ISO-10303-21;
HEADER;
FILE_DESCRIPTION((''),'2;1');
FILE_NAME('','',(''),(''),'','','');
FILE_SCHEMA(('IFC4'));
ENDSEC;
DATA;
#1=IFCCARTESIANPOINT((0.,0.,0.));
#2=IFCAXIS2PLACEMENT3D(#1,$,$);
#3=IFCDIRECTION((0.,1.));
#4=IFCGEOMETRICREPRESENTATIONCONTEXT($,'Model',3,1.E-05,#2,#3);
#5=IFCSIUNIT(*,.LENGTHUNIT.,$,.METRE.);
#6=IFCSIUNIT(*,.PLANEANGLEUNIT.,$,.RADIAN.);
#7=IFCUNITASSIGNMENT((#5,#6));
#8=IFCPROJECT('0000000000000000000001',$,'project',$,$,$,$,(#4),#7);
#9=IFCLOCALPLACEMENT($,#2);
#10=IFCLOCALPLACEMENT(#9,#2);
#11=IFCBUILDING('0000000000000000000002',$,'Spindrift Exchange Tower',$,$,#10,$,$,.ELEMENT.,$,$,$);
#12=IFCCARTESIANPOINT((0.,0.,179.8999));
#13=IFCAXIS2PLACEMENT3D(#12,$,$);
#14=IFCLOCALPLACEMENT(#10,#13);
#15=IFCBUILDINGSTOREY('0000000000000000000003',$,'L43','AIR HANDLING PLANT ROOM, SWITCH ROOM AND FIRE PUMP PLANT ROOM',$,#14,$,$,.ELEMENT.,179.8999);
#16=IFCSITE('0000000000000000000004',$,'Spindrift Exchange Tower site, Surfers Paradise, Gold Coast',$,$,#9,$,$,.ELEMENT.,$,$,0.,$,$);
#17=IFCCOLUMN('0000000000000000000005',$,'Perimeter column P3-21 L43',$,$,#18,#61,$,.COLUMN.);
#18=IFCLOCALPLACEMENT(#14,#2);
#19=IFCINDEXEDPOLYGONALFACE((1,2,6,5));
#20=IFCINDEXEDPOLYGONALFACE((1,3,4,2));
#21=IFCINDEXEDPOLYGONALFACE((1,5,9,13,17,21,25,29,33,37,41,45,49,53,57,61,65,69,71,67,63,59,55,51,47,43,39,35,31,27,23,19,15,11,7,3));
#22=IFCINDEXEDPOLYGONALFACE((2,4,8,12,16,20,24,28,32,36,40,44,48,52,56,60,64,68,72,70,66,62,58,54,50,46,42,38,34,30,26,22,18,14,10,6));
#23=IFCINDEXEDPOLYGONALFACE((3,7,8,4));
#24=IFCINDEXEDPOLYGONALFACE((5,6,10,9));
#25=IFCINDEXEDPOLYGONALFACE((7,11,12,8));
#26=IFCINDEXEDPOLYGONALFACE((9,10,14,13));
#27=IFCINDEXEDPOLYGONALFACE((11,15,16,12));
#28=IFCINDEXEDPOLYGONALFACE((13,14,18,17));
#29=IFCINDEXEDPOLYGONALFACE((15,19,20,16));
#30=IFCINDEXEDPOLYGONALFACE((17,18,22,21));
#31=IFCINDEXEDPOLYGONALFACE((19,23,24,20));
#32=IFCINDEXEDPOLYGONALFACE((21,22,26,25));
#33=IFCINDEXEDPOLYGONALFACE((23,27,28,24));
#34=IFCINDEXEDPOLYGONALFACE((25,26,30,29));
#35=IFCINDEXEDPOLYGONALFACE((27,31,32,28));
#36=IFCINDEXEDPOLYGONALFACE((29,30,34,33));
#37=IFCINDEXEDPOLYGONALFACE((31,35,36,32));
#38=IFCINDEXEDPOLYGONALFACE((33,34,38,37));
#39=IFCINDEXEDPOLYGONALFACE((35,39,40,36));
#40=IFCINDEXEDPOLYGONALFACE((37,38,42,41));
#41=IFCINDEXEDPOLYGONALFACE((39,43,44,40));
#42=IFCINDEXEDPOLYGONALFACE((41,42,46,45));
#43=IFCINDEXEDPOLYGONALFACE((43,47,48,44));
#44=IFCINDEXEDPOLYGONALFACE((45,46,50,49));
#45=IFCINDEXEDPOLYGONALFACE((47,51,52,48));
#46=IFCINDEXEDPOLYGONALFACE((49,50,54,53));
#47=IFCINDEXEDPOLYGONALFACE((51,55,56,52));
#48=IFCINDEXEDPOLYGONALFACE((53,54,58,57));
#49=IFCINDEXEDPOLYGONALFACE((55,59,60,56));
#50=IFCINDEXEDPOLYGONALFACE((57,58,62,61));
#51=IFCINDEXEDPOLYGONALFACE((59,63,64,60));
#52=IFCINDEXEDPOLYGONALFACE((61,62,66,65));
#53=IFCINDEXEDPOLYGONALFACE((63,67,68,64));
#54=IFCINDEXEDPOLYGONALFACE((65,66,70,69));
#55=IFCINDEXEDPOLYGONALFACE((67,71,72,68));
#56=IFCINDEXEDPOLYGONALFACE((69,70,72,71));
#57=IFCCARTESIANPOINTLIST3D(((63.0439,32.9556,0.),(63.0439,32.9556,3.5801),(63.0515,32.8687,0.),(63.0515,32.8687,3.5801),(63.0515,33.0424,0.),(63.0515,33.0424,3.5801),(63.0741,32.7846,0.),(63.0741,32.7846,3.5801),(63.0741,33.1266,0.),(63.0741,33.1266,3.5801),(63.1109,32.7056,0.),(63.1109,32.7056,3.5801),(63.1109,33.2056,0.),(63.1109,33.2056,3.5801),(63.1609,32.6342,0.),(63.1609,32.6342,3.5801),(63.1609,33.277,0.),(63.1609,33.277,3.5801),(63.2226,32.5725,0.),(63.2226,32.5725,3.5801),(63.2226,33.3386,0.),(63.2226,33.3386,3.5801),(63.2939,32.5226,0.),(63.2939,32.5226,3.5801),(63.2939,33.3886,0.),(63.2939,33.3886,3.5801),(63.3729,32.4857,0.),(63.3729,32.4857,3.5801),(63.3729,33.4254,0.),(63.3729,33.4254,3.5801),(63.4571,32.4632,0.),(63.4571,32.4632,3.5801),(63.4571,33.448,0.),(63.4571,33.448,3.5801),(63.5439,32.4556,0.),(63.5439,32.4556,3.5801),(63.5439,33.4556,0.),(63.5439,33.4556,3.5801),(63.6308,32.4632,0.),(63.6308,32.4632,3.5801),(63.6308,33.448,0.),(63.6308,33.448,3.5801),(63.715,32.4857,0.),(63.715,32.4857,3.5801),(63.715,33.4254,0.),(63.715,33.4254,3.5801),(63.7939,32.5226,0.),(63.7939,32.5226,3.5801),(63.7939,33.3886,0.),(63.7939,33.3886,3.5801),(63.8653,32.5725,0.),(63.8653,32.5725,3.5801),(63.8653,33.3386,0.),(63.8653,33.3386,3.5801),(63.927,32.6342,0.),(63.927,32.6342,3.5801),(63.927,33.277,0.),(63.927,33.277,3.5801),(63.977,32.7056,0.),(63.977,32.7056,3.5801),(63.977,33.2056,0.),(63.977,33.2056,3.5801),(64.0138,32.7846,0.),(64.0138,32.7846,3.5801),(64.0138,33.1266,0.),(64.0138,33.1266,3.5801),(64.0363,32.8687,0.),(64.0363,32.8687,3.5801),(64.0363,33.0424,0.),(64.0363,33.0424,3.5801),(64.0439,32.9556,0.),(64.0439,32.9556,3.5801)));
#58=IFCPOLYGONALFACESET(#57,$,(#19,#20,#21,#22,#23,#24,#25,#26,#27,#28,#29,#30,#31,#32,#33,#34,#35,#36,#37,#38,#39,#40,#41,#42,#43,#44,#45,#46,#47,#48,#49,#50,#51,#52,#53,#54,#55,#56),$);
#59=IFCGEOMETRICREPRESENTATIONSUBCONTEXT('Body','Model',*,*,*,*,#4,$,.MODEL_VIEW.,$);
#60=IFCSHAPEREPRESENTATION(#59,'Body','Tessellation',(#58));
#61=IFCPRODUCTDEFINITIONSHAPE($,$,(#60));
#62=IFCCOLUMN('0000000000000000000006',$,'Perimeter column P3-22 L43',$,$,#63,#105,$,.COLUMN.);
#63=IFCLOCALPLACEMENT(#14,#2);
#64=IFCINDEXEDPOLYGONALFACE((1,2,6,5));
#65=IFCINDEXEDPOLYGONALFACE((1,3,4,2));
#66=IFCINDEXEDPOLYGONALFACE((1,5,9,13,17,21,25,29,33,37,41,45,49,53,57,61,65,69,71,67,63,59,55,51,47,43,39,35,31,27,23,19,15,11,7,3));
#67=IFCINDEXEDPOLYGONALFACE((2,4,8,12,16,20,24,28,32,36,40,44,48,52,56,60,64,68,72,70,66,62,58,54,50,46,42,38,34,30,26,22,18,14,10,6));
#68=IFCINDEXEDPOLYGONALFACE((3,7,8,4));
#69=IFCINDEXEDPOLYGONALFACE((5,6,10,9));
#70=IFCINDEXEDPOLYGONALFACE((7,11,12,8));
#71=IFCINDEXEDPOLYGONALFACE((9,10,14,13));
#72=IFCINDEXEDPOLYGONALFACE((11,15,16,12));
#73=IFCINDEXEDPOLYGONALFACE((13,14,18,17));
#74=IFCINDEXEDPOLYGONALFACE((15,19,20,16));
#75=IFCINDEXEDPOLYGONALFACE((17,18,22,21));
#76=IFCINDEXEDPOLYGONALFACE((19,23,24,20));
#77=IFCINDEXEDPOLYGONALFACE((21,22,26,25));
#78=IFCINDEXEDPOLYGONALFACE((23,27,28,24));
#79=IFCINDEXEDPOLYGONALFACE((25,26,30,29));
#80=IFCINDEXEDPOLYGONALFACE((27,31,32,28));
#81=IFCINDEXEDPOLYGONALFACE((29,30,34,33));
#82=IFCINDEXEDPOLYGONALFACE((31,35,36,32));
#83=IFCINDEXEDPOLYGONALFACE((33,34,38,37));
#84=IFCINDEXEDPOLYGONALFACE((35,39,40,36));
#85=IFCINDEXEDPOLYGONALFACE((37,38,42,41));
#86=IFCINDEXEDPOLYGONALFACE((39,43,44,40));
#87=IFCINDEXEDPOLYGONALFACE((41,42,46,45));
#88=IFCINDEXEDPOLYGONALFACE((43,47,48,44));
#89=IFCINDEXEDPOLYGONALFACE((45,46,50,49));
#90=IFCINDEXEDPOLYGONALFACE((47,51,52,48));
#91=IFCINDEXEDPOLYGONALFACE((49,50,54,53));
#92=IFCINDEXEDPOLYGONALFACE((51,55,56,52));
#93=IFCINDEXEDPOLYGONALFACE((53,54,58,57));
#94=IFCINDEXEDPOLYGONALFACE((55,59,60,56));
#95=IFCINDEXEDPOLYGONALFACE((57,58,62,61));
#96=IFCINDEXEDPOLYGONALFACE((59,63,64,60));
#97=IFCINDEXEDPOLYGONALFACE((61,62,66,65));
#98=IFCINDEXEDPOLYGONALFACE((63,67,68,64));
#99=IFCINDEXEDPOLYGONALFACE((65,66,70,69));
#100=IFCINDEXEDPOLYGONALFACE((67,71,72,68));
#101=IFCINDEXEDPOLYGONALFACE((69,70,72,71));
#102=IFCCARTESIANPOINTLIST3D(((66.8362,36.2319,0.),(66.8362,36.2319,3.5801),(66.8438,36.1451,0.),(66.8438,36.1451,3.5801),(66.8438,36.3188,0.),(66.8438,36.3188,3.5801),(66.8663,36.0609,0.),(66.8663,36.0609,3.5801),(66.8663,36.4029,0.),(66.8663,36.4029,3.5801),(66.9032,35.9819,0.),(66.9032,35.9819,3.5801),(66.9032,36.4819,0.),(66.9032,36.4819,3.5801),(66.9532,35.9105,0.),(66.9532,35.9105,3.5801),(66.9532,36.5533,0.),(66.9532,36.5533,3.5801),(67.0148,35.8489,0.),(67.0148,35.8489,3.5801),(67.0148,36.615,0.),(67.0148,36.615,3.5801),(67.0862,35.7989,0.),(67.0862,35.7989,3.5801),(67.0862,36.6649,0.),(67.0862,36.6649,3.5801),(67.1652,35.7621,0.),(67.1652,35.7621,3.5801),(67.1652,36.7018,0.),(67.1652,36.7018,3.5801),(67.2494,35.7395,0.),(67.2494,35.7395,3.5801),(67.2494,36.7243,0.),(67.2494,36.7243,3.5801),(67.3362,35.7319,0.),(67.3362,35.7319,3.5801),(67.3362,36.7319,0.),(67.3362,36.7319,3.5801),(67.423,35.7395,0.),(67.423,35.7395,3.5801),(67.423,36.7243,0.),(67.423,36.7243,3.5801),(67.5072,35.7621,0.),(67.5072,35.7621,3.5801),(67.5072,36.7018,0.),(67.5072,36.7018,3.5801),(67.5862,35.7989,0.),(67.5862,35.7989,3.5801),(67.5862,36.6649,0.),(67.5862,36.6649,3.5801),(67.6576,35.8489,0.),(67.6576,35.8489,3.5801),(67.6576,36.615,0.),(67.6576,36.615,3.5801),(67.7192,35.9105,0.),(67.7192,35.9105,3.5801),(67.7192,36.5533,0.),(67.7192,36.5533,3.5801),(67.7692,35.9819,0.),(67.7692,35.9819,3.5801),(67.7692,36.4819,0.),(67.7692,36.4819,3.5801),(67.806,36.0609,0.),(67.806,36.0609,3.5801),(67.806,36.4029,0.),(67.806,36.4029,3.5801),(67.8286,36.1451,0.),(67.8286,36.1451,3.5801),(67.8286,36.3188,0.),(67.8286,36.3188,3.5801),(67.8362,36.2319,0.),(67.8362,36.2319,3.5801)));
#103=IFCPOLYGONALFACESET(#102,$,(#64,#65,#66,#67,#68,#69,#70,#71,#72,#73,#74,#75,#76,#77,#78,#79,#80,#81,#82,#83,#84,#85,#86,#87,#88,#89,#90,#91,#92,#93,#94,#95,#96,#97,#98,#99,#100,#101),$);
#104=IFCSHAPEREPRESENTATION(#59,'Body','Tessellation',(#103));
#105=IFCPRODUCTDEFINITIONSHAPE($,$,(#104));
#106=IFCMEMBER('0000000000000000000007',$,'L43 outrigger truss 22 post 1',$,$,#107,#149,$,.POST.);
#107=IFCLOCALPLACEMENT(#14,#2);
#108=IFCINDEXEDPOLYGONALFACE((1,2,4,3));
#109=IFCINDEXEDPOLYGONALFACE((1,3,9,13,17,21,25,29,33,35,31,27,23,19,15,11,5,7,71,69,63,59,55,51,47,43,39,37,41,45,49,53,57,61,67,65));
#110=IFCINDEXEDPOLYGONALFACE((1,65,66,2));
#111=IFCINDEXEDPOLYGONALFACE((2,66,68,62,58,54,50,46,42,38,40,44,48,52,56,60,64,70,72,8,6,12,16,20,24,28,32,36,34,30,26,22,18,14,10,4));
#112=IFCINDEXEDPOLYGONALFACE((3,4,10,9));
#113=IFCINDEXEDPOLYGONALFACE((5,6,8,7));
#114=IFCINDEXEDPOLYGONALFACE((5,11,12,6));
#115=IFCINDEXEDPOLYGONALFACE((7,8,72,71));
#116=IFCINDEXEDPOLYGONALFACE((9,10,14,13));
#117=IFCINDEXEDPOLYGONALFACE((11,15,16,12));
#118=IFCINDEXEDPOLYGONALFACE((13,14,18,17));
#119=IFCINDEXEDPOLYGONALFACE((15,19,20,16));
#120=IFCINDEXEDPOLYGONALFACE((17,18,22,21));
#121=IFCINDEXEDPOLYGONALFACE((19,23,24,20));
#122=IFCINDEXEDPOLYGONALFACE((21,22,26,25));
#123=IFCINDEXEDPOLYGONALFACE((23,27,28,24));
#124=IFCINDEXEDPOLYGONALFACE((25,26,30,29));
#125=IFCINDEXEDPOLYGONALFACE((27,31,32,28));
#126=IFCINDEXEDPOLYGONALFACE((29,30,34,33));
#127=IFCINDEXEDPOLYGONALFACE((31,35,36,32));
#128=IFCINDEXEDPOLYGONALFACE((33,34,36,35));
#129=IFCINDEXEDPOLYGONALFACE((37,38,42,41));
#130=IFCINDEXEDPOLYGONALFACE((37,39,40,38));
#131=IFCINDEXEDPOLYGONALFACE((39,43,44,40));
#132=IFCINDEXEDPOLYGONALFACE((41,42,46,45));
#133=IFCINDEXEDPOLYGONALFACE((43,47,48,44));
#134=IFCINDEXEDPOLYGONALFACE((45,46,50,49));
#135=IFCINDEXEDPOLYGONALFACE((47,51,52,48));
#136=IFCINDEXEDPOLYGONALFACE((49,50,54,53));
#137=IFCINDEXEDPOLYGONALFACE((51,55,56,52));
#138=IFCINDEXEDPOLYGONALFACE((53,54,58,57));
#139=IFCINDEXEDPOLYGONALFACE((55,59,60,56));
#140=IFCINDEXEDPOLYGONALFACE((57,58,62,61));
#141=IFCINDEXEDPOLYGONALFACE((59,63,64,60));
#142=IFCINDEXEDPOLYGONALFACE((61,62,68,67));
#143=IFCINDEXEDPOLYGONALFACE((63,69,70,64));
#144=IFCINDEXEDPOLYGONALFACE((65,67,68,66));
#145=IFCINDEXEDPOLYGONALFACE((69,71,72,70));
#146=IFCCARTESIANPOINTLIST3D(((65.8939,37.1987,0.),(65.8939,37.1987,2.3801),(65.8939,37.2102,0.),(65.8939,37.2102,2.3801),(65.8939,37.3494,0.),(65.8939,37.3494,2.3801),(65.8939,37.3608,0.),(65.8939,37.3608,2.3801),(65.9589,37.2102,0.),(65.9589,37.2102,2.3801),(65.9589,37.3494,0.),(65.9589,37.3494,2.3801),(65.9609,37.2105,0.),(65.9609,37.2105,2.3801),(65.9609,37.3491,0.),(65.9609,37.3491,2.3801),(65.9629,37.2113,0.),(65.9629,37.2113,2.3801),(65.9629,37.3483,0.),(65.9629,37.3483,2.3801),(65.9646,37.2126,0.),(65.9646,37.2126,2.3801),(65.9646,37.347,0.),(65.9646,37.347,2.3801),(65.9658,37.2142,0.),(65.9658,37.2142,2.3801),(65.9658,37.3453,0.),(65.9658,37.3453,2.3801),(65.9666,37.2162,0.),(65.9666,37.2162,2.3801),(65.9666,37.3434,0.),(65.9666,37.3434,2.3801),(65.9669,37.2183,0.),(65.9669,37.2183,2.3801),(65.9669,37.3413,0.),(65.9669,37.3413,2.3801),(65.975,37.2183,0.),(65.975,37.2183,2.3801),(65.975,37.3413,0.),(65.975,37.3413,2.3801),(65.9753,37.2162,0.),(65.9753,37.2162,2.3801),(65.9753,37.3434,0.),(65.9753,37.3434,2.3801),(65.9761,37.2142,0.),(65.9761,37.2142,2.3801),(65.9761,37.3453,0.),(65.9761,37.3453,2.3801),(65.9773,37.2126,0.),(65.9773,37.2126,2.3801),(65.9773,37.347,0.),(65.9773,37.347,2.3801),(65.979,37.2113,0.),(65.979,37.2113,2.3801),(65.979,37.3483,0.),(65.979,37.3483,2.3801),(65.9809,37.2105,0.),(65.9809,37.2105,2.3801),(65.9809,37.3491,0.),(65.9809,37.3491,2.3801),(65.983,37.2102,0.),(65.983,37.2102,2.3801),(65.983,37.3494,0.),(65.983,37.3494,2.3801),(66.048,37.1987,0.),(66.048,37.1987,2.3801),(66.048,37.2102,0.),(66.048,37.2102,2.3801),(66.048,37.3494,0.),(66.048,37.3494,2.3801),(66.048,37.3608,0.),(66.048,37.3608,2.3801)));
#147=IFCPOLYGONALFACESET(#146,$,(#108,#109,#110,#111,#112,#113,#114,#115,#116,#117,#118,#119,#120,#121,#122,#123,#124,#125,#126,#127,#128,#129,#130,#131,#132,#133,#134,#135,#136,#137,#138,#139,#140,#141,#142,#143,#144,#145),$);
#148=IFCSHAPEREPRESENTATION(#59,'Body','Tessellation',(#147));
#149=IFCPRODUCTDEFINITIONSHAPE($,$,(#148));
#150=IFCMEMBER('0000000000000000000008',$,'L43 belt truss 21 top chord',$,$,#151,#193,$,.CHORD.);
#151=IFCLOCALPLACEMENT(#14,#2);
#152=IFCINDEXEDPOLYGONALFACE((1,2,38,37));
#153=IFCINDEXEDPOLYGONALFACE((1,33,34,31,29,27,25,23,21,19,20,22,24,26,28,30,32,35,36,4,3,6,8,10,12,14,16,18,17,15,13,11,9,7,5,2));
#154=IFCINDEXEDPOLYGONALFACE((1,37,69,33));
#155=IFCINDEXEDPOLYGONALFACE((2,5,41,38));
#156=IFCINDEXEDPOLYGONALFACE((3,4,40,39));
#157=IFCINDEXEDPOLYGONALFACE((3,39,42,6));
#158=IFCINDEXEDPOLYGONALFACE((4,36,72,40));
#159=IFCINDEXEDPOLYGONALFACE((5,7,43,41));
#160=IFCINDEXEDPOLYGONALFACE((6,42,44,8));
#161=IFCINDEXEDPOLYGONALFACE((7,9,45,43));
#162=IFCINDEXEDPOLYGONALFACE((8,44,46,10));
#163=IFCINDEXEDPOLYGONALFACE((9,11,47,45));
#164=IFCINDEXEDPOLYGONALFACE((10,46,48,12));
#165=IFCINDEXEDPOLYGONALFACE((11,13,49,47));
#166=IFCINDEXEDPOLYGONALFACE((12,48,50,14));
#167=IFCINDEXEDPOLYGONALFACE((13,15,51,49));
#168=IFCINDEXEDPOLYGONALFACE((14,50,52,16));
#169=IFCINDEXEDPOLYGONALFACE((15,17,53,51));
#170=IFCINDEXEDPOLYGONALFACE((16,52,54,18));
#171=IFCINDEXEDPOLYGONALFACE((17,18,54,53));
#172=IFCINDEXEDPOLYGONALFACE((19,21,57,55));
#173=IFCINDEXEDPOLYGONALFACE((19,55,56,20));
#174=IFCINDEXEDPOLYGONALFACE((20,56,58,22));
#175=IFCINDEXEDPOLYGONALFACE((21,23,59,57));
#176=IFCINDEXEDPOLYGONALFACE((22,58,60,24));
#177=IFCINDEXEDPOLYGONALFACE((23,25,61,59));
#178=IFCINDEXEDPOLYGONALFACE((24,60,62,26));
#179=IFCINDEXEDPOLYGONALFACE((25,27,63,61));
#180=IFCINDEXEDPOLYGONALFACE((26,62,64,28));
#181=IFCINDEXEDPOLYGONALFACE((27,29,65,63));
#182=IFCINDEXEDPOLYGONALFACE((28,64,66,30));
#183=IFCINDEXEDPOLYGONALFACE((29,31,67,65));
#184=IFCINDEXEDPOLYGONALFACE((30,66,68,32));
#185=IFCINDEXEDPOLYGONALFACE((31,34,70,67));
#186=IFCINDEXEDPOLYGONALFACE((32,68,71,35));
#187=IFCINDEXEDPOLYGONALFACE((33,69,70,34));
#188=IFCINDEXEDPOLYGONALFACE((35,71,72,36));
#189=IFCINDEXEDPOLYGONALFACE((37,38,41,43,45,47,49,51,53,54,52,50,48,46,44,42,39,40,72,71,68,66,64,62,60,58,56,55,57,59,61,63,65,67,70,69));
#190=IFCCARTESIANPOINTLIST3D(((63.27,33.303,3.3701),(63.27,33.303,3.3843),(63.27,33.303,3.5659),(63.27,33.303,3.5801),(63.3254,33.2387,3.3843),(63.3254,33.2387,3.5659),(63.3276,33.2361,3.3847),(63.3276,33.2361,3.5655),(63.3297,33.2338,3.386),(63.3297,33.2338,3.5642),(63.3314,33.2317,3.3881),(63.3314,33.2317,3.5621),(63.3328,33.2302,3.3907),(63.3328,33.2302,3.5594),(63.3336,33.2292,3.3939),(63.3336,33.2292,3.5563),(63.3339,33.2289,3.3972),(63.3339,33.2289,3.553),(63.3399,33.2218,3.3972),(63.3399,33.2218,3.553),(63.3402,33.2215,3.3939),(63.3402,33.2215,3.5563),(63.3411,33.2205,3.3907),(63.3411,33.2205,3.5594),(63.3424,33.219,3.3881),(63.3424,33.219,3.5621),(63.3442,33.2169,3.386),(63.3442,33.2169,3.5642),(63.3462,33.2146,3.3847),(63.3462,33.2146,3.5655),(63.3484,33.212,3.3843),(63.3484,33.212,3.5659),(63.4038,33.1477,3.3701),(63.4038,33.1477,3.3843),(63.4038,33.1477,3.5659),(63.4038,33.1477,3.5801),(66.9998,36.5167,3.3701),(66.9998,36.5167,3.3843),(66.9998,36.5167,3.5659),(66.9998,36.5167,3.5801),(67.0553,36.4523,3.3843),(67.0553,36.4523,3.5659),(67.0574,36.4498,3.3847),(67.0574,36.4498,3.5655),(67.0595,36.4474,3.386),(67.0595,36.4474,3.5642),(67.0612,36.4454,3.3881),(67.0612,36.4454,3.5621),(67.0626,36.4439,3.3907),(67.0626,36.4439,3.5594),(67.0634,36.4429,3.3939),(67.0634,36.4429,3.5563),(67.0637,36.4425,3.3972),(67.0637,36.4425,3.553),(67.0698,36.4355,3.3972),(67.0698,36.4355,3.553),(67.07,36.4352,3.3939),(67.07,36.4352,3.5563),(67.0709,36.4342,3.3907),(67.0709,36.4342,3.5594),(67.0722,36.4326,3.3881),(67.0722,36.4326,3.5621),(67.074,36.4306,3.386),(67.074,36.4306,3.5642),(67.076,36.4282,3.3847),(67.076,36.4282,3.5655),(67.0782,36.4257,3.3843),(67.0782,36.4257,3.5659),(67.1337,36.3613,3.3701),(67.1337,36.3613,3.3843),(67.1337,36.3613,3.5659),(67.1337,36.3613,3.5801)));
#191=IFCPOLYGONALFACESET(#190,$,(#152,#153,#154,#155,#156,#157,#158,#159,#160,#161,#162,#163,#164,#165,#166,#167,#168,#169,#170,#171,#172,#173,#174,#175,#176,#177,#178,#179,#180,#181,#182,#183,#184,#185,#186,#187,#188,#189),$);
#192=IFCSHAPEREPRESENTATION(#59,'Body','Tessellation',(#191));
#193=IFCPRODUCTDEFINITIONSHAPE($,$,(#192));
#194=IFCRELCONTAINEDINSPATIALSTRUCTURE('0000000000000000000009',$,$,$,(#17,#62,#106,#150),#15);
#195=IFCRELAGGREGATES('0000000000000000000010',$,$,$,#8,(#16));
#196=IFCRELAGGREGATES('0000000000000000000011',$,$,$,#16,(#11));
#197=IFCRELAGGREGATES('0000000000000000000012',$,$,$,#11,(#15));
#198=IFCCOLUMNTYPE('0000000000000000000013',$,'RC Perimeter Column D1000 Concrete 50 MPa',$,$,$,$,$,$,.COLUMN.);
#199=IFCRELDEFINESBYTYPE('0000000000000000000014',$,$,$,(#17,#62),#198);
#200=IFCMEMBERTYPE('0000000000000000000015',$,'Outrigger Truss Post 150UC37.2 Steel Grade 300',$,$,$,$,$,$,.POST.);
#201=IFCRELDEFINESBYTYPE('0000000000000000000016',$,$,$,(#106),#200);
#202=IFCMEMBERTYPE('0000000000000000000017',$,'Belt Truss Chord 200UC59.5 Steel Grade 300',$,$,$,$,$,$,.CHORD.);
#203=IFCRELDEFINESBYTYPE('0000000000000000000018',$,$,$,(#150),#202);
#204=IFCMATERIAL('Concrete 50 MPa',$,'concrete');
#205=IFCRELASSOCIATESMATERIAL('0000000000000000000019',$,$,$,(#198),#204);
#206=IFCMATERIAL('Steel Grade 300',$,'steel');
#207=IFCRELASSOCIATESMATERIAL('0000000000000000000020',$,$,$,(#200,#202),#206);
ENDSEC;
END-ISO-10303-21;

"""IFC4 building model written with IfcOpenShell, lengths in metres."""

from ifc_helpers import new_model, si_unit, direction, frame, origin, origin_2d, place, context, subcontext, project, spatial, circle, i_section, extrude, source, transform, mapped, material, material_profile, profile_set, type_object, element, save


model = new_model("IFC4")

# Units and contexts
model_context = context("Model", 3, precision=1e-05, world=origin(), true_north=direction((0.0, 1.0)))
body_context = subcontext(model_context, "Body", "Model", "MODEL_VIEW")
ifc_project = project(units=[si_unit("LENGTHUNIT", "METRE"), si_unit("PLANEANGLEUNIT", "RADIAN")], contexts=[model_context])

# Site, building, storey
site_placement = place(None, origin())
site = spatial("IfcSite", under=ifc_project, at=site_placement, Name="Spindrift Exchange Tower site, Surfers Paradise, Gold Coast", CompositionType="ELEMENT", RefElevation=0.0)
building_placement = place(site_placement, origin())
building = spatial("IfcBuilding", under=site, at=building_placement, Name="Spindrift Exchange Tower", CompositionType="ELEMENT")
storey_placement = place(building_placement, frame((0.0, 0.0, 179.8999)))
storey = spatial("IfcBuildingStorey", under=building, at=storey_placement, Name="L43", Description="AIR HANDLING PLANT ROOM, SWITCH ROOM AND FIRE PUMP PLANT ROOM", CompositionType="ELEMENT", Elevation=179.8999)

# Columns
ifc_material_1 = material(Name="Concrete 50 MPa", Category="concrete")
ifc_material_profile_1 = material_profile(ifc_material_1, circle(Radius=0.5, at=origin_2d()), Name="RC D1000")
ifc_profile_set_1 = profile_set([ifc_material_profile_1], Name="Concrete 50 MPa")
column_type = type_object("IfcColumnType", Name="RC Perimeter Column D1000 Concrete 50 MPa", PredefinedType="COLUMN", material=ifc_profile_set_1)
shared_shape_1 = source(origin(), body_context, "Body", "SweptSolid", [
    extrude(circle(Radius=0.5, at=origin_2d()), origin(), (0.0, 0.0, 1.0), 3.5801),
])
for number, where, z_axis, x_axis, name in (
    (1, (63.5439, 32.9556, 0.0), (0.0, 0.0, 1.0), (1.0, 0.0, 0.0), "Perimeter column P3-21 L43"),
    (2, (67.3362, 36.2319, 0.0), (0.0, 0.0, 1.0), (1.0, 0.0, 0.0), "Perimeter column P3-22 L43"),
):
    element("IfcColumn", number, at=place(storey_placement, frame(where, z_axis=z_axis, x_axis=x_axis)), inside=storey, type_object=column_type, Name=name, PredefinedType="COLUMN", context=body_context, shape_type="MappedRepresentation", body=[
        mapped(shared_shape_1, transform((0.0, 0.0, 0.0), scale=1.0)),
    ])

# Members
ifc_material_2 = material(Name="Steel Grade 300", Category="steel")
ifc_material_profile_2 = material_profile(ifc_material_2, i_section(OverallWidth=0.1541, OverallDepth=0.1621, WebThickness=0.0081, FlangeThickness=0.0115, FilletRadius=0.0081, at=origin_2d()), Name="150UC37.2")
ifc_profile_set_2 = profile_set([ifc_material_profile_2], Name="Steel Grade 300")
member_type_1 = type_object("IfcMemberType", Name="Outrigger Truss Post 150UC37.2 Steel Grade 300", PredefinedType="POST", material=ifc_profile_set_2)
shared_shape_2 = source(origin(), body_context, "Body", "SweptSolid", [
    extrude(i_section(OverallWidth=0.1541, OverallDepth=0.1621, WebThickness=0.0081, FlangeThickness=0.0115, FilletRadius=0.0081, at=origin_2d()), origin(), (0.0, 0.0, 1.0), 2.3801),
])
member_1_placement = place(storey_placement, frame((65.9709, 37.2798, 0.0), z_axis=(0.0, 0.0, 1.0), x_axis=(1.0, 0.0, 0.0)))
element("IfcMember", 3, at=member_1_placement, inside=storey, type_object=member_type_1, Name="L43 outrigger truss 22 post 1", PredefinedType="POST", context=body_context, shape_type="MappedRepresentation", body=[
    mapped(shared_shape_2, transform((0.0, 0.0, 0.0), scale=1.0)),
])
ifc_material_profile_3 = material_profile(ifc_material_2, i_section(OverallWidth=0.2051, OverallDepth=0.21, WebThickness=0.0093, FlangeThickness=0.0142, FilletRadius=0.0129, at=origin_2d()), Name="200UC59.5")
ifc_profile_set_3 = profile_set([ifc_material_profile_3], Name="Steel Grade 300")
member_type_2 = type_object("IfcMemberType", Name="Belt Truss Chord 200UC59.5 Steel Grade 300", PredefinedType="CHORD", material=ifc_profile_set_3)
shared_shape_3 = source(origin(), body_context, "Body", "SweptSolid", [
    extrude(i_section(OverallWidth=0.2051, OverallDepth=0.21, WebThickness=0.0093, FlangeThickness=0.0142, FilletRadius=0.0129, at=origin_2d()), origin(), (0.0, 0.0, 1.0), 4.9233),
])
for number, where, z_axis, x_axis, name in (
    (4, (63.3369, 33.2253, 3.4751), (0.757577, 0.652745, 0.0), (-0.652745, 0.757577, 0.0), "L43 belt truss 21 top chord"),
):
    element("IfcMember", number, at=place(storey_placement, frame(where, z_axis=z_axis, x_axis=x_axis)), inside=storey, type_object=member_type_2, Name=name, PredefinedType="CHORD", context=body_context, shape_type="MappedRepresentation", body=[
        mapped(shared_shape_3, transform((0.0, 0.0, 0.0), scale=1.0)),
    ])

save(model, "model.ifc")
